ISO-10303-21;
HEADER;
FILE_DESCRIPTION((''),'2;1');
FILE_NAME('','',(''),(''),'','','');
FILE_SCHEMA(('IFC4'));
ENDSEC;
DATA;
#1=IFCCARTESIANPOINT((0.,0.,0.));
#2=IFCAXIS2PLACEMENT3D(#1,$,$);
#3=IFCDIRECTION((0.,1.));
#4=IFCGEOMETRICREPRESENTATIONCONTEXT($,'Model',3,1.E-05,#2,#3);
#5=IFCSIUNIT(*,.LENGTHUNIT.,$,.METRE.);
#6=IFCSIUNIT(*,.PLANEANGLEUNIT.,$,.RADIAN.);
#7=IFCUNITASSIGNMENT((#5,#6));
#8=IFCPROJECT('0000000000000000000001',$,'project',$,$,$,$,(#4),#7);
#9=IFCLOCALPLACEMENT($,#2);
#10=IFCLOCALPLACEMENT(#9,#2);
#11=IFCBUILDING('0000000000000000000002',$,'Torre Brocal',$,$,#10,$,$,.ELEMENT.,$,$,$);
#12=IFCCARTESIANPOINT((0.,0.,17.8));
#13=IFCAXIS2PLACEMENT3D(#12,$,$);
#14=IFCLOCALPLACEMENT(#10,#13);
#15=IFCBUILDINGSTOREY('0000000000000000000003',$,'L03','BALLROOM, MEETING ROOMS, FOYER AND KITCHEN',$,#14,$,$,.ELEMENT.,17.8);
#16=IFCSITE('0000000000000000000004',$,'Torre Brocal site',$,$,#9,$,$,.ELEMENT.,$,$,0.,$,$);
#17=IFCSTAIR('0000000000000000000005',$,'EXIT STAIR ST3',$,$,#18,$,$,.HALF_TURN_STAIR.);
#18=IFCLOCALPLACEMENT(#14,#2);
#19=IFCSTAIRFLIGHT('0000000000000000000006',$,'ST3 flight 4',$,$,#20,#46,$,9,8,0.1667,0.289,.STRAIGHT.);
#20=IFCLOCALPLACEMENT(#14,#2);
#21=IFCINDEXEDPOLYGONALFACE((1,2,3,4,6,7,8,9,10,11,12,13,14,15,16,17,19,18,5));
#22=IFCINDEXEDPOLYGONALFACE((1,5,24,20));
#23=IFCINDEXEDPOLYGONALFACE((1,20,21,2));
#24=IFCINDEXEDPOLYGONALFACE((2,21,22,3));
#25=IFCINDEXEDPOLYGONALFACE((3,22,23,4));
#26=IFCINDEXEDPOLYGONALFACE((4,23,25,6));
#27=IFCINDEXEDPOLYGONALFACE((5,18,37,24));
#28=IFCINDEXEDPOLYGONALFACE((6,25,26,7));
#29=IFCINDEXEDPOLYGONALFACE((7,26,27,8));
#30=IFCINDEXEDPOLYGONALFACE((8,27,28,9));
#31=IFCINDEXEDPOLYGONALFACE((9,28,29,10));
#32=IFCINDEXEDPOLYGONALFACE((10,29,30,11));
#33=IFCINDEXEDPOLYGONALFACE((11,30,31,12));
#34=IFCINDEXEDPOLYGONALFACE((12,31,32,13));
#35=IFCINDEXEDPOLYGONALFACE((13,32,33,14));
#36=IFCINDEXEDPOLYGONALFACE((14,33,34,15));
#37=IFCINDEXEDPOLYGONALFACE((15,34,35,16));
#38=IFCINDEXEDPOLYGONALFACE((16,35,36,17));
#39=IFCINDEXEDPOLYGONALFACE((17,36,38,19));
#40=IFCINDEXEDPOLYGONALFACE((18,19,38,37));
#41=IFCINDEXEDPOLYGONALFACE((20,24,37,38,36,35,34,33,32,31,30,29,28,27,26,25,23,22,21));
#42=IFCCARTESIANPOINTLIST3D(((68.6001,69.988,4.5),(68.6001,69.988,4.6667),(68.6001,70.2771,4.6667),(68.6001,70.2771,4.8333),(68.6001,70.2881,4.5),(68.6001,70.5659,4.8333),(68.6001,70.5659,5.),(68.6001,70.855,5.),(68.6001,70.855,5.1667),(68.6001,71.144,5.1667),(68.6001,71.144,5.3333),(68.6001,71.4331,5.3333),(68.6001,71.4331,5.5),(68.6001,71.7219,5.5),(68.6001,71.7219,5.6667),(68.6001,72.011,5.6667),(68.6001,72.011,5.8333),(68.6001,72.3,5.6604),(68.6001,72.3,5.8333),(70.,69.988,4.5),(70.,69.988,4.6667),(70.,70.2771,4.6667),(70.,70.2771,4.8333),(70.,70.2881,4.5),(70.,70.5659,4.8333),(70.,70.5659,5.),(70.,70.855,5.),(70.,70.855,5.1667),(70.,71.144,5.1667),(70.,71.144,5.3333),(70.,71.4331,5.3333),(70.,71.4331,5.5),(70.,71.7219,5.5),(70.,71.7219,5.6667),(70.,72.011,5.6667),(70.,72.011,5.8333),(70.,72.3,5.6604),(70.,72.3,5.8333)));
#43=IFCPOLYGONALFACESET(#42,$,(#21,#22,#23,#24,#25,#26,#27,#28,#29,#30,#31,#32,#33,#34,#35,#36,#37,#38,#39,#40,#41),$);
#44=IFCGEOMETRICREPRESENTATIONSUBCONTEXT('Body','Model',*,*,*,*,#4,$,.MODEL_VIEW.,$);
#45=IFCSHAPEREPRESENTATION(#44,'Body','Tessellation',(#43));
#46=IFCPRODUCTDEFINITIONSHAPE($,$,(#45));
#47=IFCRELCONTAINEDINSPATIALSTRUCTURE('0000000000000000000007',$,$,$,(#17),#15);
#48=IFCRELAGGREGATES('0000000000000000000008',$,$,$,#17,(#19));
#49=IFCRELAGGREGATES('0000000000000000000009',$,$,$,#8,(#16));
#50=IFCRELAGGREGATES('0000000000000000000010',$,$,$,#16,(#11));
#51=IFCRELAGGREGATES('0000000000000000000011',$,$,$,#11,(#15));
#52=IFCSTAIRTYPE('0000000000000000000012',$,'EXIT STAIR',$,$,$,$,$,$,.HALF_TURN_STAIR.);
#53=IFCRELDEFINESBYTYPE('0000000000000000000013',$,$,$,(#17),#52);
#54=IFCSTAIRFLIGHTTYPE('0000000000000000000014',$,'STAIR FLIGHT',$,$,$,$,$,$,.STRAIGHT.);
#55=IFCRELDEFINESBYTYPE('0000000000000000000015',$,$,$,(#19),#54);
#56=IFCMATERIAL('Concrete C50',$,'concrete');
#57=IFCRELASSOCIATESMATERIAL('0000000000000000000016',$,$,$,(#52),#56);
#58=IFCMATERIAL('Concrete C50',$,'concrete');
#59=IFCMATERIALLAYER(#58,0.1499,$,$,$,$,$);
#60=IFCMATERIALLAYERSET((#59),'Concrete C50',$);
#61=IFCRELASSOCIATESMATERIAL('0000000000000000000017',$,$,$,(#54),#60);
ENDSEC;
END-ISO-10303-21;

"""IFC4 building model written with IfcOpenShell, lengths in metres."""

from ifc_helpers import new_model, si_unit, direction, frame, origin, place, context, subcontext, project, spatial, polyline, outline, extrude, material, layer, layer_set, type_object, element, aggregate, save


model = new_model("IFC4")

# Units and contexts
model_context = context("Model", 3, precision=1e-05, world=origin(), true_north=direction((0.0, 1.0)))
body_context = subcontext(model_context, "Body", "Model", "MODEL_VIEW")
ifc_project = project(units=[si_unit("LENGTHUNIT", "METRE"), si_unit("PLANEANGLEUNIT", "RADIAN")], contexts=[model_context])

# Site, building, storey
site_placement = place(None, origin())
site = spatial("IfcSite", under=ifc_project, at=site_placement, Name="Torre Brocal site", CompositionType="ELEMENT", RefElevation=0.0)
building_placement = place(site_placement, origin())
building = spatial("IfcBuilding", under=site, at=building_placement, Name="Torre Brocal", CompositionType="ELEMENT")
storey_placement = place(building_placement, frame((0.0, 0.0, 17.8)))
storey = spatial("IfcBuildingStorey", under=building, at=storey_placement, Name="L03", Description="BALLROOM, MEETING ROOMS, FOYER AND KITCHEN", CompositionType="ELEMENT", Elevation=17.8)

# Stair, stair flight
ifc_material_1 = material(Name="Concrete C50", Category="concrete")
stair_type = type_object("IfcStairType", Name="EXIT STAIR", PredefinedType="HALF_TURN_STAIR", material=ifc_material_1)
stair_placement = place(storey_placement, origin())
stair = element("IfcStair", 1, at=stair_placement, inside=storey, type_object=stair_type, Name="EXIT STAIR ST3", PredefinedType="HALF_TURN_STAIR")
ifc_material_2 = material(Name="Concrete C50", Category="concrete")
ifc_layer_1 = layer(ifc_material_2, 0.1499)
ifc_layer_set_1 = layer_set([ifc_layer_1], Name="Concrete C50")
stair_flight_type = type_object("IfcStairFlightType", Name="STAIR FLIGHT", PredefinedType="STRAIGHT", material=ifc_layer_set_1)
stair_flight_1_placement = place(storey_placement, frame((69.3, 69.988, 4.5), z_axis=(0.0, 0.0, 1.0), x_axis=(0.0, 1.0, 0.0)))
stair_flight_1 = element("IfcStairFlight", 2, at=stair_flight_1_placement, type_object=stair_flight_type, Name="ST3 flight 4", NumberOfRisers=9, NumberOfTreads=8, PredefinedType="STRAIGHT", RiserHeight=0.1667, TreadLength=0.289, context=body_context, shape_type="SweptSolid", body=[
    extrude(outline(polyline([(0.0, 0.0), (0.0, 0.1667), (0.2891, 0.1667), (0.2891, 0.3333), (0.5779, 0.3333), (0.5779, 0.5), (0.8669, 0.5), (0.8669, 0.6667), (1.156, 0.6667), (1.156, 0.8333), (1.4451, 0.8333), (1.4451, 1.0), (1.7339, 1.0), (1.7339, 1.1667), (2.0229, 1.1667), (2.0229, 1.3333), (2.312, 1.3333), (2.312, 1.5), (2.312, 1.1604), (0.3, 0.0), (0.0, 0.0)])), frame((0.0, 0.7, 0.0), z_axis=(0.0, -1.0, 0.0), x_axis=(1.0, 0.0, 0.0)), (0.0, 0.0, 1.0), 1.3999),
])
aggregate(stair, [stair_flight_1])

save(model, "model.ifc")
